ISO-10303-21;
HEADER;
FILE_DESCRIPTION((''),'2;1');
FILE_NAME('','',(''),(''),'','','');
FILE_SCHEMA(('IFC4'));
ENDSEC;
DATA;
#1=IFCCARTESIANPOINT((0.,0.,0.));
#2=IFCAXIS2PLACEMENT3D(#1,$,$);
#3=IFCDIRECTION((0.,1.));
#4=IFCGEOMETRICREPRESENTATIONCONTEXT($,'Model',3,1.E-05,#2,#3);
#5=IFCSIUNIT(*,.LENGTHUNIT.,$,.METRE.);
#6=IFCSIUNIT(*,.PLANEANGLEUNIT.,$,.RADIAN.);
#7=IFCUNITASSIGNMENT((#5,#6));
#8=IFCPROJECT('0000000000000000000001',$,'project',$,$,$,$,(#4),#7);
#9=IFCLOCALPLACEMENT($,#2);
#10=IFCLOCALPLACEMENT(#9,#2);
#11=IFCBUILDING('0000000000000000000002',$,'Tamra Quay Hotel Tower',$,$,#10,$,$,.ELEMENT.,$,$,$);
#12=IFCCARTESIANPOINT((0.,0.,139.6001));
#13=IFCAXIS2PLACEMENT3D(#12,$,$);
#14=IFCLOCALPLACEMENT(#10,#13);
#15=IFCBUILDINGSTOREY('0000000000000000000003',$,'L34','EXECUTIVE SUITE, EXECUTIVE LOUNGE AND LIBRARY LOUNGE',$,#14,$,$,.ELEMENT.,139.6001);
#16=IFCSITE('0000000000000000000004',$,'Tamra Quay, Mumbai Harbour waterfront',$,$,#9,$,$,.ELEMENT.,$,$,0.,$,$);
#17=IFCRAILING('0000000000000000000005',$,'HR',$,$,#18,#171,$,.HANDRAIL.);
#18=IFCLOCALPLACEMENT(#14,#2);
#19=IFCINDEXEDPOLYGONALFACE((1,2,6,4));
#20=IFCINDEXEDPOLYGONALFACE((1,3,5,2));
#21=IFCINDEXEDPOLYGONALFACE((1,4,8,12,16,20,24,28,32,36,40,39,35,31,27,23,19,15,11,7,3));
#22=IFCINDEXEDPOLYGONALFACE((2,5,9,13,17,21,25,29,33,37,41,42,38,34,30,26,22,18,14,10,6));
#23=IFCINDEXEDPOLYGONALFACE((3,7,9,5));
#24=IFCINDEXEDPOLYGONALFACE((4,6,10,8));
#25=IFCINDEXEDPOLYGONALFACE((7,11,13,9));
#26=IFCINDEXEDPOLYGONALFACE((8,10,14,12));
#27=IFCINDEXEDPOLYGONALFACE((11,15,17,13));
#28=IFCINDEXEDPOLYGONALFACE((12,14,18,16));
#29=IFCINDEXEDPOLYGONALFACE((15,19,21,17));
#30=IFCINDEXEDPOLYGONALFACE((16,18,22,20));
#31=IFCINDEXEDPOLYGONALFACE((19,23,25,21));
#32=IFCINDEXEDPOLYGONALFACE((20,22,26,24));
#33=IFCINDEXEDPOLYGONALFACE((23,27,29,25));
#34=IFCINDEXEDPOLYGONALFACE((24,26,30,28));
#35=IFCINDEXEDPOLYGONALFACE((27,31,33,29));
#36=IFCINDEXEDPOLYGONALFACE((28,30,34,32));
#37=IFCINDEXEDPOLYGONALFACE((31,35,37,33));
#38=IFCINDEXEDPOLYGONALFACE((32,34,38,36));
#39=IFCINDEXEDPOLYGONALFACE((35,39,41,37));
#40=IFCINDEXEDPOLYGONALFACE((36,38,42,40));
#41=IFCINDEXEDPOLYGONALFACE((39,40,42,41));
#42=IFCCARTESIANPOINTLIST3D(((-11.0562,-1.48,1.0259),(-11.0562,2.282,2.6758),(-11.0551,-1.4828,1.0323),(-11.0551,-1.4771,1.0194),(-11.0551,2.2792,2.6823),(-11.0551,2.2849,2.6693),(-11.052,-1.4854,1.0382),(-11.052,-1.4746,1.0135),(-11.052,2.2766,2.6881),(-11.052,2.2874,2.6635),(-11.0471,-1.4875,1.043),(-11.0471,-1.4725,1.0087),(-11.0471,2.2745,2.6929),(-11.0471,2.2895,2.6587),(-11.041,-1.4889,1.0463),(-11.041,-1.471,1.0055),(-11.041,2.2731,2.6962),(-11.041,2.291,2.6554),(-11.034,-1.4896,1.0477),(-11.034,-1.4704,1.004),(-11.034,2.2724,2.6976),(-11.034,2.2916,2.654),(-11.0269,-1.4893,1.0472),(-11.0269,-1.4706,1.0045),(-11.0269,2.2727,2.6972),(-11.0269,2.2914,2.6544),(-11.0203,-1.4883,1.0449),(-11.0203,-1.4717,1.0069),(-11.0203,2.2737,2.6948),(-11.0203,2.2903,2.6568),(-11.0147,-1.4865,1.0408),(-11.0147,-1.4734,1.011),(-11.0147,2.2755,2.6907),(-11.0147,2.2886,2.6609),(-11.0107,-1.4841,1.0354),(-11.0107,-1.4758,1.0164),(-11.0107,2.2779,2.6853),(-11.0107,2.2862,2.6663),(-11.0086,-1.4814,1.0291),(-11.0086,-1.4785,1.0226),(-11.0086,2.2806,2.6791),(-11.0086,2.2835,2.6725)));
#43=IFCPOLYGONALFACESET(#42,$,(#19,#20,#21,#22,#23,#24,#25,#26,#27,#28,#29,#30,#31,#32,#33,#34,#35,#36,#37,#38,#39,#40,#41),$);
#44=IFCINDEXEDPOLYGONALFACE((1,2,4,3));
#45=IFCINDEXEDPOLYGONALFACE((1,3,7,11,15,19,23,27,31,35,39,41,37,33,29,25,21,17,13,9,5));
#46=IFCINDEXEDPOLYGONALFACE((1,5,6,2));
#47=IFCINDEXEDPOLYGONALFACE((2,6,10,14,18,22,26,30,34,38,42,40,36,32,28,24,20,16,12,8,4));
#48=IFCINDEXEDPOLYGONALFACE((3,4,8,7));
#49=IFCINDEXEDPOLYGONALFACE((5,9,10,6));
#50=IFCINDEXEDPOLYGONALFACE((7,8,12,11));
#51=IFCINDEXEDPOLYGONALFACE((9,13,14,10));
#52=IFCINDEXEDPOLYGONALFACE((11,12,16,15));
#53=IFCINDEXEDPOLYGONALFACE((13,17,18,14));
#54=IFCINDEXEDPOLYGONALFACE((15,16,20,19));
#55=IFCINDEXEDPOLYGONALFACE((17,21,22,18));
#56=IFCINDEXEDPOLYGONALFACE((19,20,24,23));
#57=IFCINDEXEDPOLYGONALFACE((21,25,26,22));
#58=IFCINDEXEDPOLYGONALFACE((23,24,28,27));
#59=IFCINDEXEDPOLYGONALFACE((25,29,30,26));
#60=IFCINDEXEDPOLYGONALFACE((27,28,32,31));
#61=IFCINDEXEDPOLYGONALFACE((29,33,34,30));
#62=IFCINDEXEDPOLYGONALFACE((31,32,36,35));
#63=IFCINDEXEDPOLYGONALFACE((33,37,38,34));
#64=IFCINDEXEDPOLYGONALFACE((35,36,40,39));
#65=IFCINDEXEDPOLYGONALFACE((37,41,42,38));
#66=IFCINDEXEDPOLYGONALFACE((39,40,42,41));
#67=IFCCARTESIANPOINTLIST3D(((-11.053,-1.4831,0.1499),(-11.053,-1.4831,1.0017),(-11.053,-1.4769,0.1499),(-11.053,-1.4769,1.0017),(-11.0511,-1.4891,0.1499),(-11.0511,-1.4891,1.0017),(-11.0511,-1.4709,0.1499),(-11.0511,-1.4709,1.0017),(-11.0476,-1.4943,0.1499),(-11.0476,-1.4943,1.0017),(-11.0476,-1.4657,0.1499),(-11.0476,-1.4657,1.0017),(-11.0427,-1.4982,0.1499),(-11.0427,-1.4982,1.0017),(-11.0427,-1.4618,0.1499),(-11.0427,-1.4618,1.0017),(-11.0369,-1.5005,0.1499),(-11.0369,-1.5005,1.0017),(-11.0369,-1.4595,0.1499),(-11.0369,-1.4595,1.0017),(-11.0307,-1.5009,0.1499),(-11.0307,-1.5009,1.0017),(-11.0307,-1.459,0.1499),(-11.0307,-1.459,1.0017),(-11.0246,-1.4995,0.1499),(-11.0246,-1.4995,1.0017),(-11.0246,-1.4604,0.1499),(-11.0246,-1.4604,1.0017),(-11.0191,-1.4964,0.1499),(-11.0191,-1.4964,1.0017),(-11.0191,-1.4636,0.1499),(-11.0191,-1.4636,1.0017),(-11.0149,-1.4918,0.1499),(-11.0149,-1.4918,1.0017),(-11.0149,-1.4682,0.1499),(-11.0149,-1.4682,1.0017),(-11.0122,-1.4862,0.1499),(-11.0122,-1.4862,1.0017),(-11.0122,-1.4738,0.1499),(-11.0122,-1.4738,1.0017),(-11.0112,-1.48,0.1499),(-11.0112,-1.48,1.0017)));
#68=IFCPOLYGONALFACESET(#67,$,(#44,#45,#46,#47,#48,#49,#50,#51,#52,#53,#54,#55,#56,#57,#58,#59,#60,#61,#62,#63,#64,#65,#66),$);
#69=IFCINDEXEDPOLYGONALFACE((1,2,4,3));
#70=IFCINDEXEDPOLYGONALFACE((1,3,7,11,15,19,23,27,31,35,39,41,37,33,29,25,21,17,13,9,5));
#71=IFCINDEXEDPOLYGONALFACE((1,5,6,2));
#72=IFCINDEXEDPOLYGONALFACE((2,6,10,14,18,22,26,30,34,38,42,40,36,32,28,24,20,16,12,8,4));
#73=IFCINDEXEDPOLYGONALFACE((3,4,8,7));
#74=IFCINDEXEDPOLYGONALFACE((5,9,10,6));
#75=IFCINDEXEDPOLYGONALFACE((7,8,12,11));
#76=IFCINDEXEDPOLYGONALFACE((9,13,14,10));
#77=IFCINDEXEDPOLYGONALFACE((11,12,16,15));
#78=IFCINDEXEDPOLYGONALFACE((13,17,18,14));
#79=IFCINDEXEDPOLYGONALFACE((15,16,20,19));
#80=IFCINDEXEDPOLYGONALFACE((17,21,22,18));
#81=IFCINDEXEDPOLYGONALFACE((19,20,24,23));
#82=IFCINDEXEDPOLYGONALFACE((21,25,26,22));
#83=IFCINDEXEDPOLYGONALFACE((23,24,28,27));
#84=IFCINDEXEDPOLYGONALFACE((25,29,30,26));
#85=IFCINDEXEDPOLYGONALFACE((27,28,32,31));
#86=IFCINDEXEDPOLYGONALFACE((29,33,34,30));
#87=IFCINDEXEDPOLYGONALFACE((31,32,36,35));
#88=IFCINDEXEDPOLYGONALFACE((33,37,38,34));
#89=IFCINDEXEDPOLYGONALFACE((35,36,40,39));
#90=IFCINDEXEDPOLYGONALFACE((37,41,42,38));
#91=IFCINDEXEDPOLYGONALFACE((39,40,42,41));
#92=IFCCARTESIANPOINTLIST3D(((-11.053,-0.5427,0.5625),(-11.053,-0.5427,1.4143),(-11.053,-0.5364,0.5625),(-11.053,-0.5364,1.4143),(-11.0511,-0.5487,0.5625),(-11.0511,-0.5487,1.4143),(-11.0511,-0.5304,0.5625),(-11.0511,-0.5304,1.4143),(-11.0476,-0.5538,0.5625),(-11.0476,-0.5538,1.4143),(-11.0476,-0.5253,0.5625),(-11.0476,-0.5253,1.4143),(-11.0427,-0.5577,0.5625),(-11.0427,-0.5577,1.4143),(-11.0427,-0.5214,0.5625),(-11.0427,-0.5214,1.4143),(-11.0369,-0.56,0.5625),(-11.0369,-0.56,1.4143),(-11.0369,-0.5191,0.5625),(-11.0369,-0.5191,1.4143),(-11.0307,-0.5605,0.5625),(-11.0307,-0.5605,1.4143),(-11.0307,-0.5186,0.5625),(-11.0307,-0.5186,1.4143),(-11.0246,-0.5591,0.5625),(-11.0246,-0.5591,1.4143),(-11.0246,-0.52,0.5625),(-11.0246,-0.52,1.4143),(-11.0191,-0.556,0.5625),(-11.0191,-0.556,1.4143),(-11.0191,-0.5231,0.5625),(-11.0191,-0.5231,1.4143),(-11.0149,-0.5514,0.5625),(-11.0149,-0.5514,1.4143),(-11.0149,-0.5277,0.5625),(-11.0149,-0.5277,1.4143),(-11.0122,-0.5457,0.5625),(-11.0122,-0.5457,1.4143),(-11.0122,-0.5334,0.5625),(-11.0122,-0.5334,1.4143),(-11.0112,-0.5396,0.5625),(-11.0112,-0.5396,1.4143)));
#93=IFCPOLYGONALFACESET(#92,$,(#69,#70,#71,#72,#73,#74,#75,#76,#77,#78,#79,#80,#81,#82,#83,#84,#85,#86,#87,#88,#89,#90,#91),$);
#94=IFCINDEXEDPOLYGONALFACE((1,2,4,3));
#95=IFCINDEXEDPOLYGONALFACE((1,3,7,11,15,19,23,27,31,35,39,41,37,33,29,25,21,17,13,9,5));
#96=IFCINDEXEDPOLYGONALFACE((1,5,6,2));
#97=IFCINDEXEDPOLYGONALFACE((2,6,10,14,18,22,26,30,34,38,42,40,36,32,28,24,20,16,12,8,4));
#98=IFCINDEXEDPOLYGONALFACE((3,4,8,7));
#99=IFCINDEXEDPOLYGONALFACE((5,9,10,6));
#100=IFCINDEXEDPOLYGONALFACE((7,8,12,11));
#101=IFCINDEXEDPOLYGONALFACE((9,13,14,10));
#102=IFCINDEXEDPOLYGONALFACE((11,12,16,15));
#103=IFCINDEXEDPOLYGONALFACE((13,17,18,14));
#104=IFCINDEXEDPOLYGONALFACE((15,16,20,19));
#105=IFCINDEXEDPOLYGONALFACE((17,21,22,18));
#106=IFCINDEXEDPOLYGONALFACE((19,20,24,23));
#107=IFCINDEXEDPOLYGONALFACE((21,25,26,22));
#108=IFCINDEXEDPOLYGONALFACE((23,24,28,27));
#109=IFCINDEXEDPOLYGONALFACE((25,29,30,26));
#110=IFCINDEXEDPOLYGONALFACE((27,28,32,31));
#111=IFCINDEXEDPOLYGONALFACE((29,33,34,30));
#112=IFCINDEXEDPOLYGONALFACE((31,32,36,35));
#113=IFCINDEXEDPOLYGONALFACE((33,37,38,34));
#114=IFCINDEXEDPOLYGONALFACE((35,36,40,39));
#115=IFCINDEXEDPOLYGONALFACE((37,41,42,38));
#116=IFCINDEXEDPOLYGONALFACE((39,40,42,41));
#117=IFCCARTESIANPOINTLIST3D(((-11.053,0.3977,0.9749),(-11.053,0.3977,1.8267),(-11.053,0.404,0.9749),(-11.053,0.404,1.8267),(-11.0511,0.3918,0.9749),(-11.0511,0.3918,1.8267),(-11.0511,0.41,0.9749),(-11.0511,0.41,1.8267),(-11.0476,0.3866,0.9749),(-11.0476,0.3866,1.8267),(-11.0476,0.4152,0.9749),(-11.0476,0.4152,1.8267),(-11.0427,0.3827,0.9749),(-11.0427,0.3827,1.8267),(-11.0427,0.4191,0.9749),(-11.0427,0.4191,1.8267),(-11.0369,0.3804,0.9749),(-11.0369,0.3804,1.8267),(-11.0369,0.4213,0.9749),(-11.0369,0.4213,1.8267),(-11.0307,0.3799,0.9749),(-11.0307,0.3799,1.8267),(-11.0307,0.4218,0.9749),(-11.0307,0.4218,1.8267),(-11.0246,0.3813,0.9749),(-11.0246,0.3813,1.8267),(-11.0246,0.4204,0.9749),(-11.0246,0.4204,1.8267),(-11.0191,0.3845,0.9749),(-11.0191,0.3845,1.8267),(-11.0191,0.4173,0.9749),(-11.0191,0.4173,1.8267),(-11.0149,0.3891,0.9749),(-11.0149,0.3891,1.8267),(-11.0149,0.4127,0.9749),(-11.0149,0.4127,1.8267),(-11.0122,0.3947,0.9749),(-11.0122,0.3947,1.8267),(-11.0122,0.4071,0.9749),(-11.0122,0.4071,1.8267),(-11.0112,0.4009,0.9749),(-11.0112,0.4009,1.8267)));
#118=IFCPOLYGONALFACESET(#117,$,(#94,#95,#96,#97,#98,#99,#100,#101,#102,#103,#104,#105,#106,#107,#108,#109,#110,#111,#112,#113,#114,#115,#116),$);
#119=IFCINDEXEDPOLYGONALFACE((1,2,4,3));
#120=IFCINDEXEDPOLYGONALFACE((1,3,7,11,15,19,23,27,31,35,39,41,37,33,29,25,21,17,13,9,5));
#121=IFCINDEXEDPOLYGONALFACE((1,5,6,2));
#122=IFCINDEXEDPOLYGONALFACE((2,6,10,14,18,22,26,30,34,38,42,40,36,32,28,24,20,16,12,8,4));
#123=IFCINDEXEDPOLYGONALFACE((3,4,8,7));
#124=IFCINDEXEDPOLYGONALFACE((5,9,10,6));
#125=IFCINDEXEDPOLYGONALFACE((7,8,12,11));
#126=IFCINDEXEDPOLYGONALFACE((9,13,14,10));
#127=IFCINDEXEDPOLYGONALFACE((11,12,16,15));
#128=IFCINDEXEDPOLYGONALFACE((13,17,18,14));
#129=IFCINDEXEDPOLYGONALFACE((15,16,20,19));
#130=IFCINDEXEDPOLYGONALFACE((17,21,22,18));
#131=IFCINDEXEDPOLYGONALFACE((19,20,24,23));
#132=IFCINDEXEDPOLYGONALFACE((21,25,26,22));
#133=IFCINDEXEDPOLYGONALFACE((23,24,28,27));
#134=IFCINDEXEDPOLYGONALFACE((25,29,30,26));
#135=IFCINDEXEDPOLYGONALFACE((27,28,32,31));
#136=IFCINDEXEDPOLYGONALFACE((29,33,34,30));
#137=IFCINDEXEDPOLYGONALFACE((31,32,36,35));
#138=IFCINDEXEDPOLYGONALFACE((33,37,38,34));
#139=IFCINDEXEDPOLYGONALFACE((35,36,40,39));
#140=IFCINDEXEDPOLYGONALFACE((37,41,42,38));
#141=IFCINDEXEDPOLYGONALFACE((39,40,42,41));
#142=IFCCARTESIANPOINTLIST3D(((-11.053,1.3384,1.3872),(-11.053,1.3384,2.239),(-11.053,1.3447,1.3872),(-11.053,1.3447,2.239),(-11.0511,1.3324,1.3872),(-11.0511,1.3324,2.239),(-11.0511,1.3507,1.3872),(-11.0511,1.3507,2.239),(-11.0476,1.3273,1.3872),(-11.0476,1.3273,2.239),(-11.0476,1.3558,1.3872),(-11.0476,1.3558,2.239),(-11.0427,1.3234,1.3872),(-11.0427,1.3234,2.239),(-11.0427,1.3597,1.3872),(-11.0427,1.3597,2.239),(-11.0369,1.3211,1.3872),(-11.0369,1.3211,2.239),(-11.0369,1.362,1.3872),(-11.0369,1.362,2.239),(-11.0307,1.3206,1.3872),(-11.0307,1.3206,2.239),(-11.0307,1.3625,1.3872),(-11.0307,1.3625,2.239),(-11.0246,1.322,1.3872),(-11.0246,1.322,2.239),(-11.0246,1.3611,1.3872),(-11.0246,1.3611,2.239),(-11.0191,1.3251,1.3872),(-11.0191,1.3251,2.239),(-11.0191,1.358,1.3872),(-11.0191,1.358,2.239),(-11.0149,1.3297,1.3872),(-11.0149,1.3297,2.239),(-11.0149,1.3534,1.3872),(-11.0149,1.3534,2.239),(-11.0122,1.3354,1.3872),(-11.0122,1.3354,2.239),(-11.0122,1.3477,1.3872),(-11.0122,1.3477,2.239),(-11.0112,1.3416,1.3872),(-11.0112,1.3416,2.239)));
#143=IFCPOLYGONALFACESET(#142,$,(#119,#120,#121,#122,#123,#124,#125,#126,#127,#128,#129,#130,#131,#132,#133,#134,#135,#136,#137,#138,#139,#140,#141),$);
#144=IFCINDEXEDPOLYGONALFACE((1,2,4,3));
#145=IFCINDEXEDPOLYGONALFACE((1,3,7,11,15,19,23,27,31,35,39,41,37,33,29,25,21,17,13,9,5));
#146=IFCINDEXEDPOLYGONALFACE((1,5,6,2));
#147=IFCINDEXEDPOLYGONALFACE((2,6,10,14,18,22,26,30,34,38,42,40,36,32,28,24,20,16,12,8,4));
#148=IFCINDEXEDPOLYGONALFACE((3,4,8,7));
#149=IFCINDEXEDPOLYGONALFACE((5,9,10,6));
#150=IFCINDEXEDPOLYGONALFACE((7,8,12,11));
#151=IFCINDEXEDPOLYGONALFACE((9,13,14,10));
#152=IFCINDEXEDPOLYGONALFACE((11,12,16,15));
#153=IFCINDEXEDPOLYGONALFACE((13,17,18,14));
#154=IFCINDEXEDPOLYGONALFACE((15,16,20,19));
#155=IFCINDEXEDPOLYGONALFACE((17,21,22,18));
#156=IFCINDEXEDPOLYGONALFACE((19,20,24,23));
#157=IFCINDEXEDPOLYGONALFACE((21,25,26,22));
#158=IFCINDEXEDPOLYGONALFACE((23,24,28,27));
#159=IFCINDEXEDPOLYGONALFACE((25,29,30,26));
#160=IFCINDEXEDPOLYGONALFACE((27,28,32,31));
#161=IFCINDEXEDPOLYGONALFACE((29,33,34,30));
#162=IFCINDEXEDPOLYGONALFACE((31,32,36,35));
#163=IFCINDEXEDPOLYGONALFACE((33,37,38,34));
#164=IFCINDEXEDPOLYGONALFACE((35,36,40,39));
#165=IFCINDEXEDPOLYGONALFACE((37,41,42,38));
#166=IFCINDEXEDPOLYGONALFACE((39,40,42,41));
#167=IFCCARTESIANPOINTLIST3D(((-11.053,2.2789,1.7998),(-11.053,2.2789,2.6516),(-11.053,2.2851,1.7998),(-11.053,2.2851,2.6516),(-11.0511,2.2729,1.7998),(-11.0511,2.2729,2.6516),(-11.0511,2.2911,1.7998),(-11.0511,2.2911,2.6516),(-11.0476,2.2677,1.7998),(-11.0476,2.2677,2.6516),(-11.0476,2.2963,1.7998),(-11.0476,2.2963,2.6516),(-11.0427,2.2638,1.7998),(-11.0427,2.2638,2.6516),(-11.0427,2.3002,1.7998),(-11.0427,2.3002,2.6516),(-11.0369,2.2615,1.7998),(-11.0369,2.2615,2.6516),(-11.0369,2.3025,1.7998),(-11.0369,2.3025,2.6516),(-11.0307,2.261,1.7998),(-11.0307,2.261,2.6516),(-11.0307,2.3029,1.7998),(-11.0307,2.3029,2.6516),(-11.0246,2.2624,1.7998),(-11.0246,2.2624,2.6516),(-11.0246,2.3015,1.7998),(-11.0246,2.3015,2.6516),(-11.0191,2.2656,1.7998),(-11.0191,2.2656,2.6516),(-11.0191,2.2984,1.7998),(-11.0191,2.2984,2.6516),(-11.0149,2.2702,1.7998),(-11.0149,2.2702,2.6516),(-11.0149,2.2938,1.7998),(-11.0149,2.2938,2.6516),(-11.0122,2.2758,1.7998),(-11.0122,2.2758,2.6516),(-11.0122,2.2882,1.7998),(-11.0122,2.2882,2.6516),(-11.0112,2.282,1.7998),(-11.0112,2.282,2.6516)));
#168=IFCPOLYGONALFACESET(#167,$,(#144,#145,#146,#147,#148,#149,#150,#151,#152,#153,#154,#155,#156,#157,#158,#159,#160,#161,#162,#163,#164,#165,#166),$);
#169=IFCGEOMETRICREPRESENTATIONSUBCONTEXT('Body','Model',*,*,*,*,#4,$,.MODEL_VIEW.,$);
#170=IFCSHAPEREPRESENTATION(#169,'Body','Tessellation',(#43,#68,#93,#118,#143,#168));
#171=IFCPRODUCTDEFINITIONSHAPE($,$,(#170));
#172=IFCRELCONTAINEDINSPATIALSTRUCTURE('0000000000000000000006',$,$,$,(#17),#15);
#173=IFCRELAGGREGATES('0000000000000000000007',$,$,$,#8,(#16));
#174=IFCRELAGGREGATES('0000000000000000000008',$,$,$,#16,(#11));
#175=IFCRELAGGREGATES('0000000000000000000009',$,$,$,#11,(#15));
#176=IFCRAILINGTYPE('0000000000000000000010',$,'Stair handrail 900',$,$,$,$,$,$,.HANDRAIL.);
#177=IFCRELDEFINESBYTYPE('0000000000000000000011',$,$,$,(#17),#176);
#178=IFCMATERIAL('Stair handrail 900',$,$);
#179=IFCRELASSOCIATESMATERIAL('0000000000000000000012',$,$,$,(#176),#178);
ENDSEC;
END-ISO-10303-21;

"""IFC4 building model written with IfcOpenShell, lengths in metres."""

from ifc_helpers import new_model, si_unit, direction, frame, origin, origin_2d, place, context, subcontext, project, spatial, circle, extrude, material, type_object, element, save


model = new_model("IFC4")

# Units and contexts
model_context = context("Model", 3, precision=1e-05, world=origin(), true_north=direction((0.0, 1.0)))
body_context = subcontext(model_context, "Body", "Model", "MODEL_VIEW")
ifc_project = project(units=[si_unit("LENGTHUNIT", "METRE"), si_unit("PLANEANGLEUNIT", "RADIAN")], contexts=[model_context])

# Site, building, storey
site_placement = place(None, origin())
site = spatial("IfcSite", under=ifc_project, at=site_placement, Name="Tamra Quay, Mumbai Harbour waterfront", CompositionType="ELEMENT", RefElevation=0.0)
building_placement = place(site_placement, origin())
building = spatial("IfcBuilding", under=site, at=building_placement, Name="Tamra Quay Hotel Tower", CompositionType="ELEMENT")
storey_placement = place(building_placement, frame((0.0, 0.0, 139.6001)))
storey = spatial("IfcBuildingStorey", under=building, at=storey_placement, Name="L34", Description="EXECUTIVE SUITE, EXECUTIVE LOUNGE AND LIBRARY LOUNGE", CompositionType="ELEMENT", Elevation=139.6001)

# Railing
ifc_material_1 = material(Name="Stair handrail 900")
railing_type_1 = type_object("IfcRailingType", Name="Stair handrail 900", PredefinedType="HANDRAIL", material=ifc_material_1)
railing_1_placement = place(storey_placement, frame((-11.0322, -1.48, 0.1499)))
element("IfcRailing", 1, at=railing_1_placement, inside=storey, type_object=railing_type_1, Name="HR", PredefinedType="HANDRAIL", context=body_context, shape_type="SweptSolid", body=[
    extrude(circle(Radius=0.0239, at=origin_2d()), frame((0.0, 0.0, 0.876), z_axis=(0.0, 0.915795, 0.401645), x_axis=(-1.0, 0.0, 0.0)), (0.0, 0.0, 1.0), 4.1079),
    extrude(circle(Radius=0.021, at=origin_2d()), origin(), (0.0, 0.0, 1.0), 0.8518),
    extrude(circle(Radius=0.021, at=origin_2d()), frame((0.0, 0.9404, 0.4126)), (0.0, 0.0, 1.0), 0.8518),
    extrude(circle(Radius=0.021, at=origin_2d()), frame((0.0, 1.8809, 0.825)), (0.0, 0.0, 1.0), 0.8518),
    extrude(circle(Radius=0.021, at=origin_2d()), frame((0.0, 2.8215, 1.2373)), (0.0, 0.0, 1.0), 0.8518),
    extrude(circle(Radius=0.021, at=origin_2d()), frame((0.0, 3.762, 1.6499)), (0.0, 0.0, 1.0), 0.8518),
])

save(model, "model.ifc")
